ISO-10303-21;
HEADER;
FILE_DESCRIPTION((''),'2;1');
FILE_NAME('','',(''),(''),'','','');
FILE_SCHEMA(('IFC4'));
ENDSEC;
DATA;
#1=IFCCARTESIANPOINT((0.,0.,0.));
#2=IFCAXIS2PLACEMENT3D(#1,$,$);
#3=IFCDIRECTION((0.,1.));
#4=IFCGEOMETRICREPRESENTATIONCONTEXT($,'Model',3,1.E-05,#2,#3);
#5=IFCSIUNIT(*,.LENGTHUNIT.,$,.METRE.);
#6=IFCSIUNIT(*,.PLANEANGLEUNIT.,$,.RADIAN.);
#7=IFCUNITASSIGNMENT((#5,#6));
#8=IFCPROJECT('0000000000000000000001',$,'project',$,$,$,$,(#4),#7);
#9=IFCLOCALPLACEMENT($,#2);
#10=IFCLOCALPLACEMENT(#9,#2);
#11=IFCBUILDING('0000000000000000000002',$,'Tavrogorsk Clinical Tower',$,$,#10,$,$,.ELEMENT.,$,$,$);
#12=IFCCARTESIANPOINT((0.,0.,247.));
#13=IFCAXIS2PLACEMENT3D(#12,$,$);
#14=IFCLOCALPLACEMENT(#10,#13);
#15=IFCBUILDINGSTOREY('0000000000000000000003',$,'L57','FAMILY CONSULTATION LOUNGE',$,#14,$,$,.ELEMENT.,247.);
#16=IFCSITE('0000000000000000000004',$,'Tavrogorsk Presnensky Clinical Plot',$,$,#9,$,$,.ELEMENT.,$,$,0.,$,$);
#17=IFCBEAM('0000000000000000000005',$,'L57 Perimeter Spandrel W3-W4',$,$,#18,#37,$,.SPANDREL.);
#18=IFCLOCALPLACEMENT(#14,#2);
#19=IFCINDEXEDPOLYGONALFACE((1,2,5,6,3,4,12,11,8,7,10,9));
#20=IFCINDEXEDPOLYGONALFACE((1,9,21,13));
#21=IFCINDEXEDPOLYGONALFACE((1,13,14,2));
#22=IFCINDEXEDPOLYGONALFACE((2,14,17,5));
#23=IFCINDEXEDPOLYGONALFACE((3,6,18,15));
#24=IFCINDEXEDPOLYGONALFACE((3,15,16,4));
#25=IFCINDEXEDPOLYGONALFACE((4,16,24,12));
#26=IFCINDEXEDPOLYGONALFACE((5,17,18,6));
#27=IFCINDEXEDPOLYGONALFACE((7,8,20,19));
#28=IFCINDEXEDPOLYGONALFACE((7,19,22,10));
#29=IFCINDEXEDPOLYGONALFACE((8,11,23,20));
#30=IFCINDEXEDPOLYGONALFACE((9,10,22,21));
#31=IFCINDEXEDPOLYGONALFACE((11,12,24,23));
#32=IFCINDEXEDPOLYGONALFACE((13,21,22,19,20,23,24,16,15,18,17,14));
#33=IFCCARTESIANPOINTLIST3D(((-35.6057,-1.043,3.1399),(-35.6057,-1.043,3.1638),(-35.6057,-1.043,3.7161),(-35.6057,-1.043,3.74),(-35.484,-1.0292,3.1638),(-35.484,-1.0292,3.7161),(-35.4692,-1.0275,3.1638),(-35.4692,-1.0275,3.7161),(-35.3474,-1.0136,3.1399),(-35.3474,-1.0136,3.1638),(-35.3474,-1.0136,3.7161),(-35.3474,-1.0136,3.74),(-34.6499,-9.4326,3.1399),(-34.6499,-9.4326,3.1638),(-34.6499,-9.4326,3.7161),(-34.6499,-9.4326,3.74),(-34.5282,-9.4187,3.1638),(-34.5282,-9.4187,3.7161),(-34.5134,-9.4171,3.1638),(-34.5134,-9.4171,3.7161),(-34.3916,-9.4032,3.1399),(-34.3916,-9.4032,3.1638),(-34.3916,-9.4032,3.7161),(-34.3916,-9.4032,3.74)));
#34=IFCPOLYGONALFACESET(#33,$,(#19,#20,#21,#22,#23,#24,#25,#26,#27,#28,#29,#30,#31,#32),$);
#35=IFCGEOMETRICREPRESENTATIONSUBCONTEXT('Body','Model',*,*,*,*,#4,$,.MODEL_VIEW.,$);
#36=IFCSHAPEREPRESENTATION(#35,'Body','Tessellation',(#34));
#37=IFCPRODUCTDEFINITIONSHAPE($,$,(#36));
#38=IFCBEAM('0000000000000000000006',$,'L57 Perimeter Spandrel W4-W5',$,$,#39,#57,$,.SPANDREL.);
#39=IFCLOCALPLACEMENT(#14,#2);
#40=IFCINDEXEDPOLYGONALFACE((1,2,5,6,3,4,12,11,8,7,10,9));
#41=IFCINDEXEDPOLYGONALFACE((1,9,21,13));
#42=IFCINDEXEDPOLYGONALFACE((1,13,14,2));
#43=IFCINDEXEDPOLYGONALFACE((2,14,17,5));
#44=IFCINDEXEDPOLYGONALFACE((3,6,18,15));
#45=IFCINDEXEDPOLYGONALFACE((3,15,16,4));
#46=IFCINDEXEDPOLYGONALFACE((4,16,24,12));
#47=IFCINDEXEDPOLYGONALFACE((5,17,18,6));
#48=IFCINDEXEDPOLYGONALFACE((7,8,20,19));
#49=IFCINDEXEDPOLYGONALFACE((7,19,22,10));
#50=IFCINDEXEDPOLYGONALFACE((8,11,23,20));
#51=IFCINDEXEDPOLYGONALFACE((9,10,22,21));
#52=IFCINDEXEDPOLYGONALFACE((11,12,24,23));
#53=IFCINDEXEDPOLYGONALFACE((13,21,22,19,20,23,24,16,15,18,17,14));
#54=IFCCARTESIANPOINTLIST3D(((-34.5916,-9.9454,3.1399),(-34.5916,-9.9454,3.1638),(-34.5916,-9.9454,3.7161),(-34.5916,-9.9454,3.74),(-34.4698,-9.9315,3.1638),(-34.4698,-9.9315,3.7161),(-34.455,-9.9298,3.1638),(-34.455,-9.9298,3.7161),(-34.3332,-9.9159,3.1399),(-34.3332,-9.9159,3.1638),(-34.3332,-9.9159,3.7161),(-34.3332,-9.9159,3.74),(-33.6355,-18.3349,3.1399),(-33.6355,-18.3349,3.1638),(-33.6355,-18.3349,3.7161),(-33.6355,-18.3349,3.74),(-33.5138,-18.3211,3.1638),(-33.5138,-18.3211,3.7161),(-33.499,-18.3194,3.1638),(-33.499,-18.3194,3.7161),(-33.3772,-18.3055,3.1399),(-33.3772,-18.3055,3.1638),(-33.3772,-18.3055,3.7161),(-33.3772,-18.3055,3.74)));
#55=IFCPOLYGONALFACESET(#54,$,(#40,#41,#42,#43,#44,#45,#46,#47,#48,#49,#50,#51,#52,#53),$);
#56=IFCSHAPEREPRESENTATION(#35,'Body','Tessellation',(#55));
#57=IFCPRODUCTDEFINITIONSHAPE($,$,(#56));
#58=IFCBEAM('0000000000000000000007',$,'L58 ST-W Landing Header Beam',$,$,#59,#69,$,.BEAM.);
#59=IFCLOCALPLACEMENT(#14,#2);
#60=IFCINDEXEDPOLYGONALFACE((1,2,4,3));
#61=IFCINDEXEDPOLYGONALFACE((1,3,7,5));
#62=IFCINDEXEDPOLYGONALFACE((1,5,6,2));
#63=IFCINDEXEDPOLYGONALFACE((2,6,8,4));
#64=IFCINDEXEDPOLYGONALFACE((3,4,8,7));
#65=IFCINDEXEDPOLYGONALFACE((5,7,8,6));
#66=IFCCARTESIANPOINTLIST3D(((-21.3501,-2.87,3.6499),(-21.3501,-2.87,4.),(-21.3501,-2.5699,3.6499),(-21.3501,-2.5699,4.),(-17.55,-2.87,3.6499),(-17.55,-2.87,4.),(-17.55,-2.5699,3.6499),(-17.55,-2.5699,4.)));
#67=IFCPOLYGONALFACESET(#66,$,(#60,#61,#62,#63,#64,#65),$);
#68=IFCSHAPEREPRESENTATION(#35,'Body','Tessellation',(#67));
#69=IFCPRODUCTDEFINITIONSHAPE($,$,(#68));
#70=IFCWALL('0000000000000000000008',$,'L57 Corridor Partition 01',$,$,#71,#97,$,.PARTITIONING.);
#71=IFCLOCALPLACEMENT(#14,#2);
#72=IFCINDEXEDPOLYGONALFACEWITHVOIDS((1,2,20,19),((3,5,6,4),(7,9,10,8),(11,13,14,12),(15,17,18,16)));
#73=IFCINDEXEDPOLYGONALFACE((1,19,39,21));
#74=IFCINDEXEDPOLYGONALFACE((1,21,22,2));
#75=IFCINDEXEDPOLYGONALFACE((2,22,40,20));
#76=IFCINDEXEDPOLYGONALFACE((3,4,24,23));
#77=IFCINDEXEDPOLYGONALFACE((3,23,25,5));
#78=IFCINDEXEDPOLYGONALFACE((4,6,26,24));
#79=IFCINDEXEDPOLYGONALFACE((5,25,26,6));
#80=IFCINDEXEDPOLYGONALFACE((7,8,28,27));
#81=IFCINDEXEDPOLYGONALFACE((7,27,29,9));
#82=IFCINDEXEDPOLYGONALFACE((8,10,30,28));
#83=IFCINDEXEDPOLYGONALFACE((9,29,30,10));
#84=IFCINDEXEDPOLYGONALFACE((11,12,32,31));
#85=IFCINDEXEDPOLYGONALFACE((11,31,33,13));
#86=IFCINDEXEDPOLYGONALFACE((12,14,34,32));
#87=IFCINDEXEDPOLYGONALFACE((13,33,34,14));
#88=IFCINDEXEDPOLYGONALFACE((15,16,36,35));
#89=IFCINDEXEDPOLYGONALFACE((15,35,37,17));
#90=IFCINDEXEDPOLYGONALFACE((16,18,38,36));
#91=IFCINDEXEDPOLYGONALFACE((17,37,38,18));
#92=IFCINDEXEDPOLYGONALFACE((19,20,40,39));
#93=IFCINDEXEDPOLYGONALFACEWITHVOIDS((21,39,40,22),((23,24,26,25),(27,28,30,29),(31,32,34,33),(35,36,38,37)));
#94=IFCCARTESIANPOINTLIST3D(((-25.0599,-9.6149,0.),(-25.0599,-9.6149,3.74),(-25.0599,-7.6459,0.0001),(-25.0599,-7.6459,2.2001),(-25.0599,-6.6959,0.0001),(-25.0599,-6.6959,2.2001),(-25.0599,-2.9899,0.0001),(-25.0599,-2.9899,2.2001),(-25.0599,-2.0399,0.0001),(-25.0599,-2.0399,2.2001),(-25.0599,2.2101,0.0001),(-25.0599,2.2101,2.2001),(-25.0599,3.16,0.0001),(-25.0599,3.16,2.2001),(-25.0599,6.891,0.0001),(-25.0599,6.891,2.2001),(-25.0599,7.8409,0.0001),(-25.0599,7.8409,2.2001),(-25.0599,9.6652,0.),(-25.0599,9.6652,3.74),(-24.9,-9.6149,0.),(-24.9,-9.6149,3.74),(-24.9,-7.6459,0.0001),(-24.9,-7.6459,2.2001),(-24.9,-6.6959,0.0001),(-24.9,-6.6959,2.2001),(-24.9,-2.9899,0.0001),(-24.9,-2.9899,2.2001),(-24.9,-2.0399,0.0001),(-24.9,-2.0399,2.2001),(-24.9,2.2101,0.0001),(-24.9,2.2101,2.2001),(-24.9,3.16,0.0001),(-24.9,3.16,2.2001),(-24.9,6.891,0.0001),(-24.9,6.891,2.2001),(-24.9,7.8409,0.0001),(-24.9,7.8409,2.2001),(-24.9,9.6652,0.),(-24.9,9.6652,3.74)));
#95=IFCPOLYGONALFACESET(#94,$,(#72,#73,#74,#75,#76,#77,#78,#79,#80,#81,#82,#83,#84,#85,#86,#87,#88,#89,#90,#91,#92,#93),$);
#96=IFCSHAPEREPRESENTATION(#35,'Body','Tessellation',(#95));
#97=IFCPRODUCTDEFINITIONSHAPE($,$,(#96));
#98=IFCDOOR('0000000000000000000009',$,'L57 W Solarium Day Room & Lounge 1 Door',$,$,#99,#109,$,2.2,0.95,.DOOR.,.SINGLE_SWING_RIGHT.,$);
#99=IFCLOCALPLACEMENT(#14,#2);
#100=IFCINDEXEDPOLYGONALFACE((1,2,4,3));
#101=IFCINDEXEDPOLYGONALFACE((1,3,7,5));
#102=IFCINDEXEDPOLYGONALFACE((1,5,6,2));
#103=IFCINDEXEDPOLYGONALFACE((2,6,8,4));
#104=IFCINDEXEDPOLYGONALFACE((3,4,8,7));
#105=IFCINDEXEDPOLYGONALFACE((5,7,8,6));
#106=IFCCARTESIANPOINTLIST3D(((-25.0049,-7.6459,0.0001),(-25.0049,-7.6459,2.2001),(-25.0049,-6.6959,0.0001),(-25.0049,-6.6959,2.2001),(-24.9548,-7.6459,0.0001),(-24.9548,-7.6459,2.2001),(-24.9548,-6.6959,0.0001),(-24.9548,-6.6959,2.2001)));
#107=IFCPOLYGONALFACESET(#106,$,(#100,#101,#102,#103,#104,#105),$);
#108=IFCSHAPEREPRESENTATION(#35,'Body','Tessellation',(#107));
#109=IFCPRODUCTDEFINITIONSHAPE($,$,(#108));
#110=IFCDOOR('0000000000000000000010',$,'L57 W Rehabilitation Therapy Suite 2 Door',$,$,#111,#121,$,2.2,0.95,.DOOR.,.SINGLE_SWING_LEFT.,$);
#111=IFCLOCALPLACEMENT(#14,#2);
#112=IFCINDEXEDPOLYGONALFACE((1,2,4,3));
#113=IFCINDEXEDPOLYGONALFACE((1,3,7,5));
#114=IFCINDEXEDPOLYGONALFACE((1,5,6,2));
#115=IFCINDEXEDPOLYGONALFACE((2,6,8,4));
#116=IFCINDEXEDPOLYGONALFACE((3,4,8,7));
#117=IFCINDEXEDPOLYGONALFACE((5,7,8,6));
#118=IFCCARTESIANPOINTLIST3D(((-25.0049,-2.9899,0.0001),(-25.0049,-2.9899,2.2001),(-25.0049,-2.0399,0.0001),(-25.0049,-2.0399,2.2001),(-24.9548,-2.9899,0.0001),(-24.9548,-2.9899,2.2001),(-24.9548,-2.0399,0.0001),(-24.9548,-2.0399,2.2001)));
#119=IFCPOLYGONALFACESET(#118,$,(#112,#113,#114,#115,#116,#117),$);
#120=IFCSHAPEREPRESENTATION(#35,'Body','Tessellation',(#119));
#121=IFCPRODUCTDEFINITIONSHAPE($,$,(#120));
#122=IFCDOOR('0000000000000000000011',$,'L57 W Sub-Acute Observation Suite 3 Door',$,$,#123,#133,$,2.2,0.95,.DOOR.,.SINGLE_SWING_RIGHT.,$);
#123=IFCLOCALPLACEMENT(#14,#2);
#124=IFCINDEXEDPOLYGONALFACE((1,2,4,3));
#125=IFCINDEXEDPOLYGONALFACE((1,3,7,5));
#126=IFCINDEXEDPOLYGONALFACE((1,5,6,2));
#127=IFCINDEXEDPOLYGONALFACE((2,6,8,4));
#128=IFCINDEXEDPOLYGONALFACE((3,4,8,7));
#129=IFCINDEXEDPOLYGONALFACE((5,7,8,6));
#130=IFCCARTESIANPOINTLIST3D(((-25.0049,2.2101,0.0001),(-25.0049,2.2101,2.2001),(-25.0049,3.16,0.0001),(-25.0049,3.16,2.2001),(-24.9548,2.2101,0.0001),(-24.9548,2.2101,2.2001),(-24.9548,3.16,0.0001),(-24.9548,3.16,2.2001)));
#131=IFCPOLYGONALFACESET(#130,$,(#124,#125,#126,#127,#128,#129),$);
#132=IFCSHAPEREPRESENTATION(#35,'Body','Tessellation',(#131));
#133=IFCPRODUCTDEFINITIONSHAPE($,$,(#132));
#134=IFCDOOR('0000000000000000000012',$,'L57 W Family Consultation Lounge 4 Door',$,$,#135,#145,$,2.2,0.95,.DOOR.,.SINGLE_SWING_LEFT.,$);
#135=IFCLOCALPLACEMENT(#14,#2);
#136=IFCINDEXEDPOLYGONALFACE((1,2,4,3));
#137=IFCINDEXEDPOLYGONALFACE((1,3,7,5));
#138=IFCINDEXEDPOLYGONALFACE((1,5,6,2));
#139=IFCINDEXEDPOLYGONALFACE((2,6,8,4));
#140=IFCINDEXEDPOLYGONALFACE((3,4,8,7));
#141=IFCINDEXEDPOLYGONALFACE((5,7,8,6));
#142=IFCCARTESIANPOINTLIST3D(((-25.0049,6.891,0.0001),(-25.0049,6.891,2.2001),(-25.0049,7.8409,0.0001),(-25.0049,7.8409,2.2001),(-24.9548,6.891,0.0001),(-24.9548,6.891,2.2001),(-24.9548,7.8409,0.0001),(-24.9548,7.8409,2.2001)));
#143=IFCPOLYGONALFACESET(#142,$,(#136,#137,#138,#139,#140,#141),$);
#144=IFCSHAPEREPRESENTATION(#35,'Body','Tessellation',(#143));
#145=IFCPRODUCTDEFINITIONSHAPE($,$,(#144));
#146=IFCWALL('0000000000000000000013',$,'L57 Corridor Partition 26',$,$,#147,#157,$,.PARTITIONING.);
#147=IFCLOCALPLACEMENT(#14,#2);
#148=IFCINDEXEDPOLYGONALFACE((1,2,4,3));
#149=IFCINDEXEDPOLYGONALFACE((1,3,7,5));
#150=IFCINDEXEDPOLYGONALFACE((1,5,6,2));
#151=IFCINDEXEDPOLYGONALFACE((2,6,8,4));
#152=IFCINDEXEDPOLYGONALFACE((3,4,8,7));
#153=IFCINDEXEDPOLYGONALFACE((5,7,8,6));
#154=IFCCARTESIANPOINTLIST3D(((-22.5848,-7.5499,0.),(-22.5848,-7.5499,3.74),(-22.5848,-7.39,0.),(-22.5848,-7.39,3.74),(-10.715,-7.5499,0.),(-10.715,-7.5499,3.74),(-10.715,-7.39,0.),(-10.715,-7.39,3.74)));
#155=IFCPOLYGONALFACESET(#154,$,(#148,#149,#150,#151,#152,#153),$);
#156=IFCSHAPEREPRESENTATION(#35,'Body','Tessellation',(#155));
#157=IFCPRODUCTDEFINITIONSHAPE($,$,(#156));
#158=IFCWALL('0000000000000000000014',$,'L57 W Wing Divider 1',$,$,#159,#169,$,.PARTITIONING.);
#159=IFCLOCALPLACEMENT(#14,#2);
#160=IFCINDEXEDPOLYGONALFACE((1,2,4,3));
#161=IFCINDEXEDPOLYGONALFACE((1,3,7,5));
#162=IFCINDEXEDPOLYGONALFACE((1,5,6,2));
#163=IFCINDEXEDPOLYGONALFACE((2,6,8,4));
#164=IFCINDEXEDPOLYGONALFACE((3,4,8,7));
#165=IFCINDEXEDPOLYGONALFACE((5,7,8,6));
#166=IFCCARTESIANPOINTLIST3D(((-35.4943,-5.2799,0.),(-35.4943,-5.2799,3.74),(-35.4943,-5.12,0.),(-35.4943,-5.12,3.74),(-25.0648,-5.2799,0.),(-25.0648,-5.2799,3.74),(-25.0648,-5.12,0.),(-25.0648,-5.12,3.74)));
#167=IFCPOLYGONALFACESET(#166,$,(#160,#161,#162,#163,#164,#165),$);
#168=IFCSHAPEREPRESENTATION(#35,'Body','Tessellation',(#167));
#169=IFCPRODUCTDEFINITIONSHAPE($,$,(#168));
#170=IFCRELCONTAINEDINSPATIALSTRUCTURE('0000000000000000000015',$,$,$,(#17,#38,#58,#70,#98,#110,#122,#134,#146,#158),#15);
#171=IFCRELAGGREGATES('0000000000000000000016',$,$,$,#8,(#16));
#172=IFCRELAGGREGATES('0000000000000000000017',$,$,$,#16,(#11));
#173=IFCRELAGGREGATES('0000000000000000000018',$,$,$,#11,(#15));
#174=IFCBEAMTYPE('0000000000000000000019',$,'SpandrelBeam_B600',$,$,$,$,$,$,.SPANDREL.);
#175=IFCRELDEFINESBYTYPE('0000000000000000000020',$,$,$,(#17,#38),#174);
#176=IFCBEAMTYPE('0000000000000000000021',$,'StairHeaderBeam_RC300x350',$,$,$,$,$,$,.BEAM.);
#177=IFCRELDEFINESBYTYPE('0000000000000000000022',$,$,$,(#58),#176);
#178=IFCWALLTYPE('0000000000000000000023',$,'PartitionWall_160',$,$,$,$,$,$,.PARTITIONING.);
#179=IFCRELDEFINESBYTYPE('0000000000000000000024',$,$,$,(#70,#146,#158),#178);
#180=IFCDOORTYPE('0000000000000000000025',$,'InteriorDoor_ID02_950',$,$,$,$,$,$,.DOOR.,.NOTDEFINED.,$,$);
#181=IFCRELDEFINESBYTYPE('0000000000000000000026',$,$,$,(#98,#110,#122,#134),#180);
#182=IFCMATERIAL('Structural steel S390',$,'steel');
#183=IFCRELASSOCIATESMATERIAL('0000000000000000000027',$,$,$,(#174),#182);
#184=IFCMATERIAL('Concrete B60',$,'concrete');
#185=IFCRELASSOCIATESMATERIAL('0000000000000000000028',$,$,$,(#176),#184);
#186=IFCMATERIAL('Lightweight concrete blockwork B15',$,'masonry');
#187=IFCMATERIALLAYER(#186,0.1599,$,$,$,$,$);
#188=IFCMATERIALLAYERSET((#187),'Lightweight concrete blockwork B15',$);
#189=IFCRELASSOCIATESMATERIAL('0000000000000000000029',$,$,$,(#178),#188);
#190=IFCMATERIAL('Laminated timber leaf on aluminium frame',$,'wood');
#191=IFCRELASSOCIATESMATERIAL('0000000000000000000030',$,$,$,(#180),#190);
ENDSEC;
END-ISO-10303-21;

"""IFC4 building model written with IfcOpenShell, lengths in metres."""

from ifc_helpers import new_model, si_unit, direction, frame, frame_2d, origin, origin_2d, place, context, subcontext, project, spatial, rectangle, i_section, extrude, material, layer, layer_set, material_profile, profile_set, type_object, element, fill, save


model = new_model("IFC4")

# Units and contexts
model_context = context("Model", 3, precision=1e-05, world=origin(), true_north=direction((0.0, 1.0)))
body_context = subcontext(model_context, "Body", "Model", "MODEL_VIEW")
ifc_project = project(units=[si_unit("LENGTHUNIT", "METRE"), si_unit("PLANEANGLEUNIT", "RADIAN")], contexts=[model_context])

# Site, building, storey
site_placement = place(None, origin())
site = spatial("IfcSite", under=ifc_project, at=site_placement, Name="Tavrogorsk Presnensky Clinical Plot", CompositionType="ELEMENT", RefElevation=0.0)
building_placement = place(site_placement, origin())
building = spatial("IfcBuilding", under=site, at=building_placement, Name="Tavrogorsk Clinical Tower", CompositionType="ELEMENT")
storey_placement = place(building_placement, frame((0.0, 0.0, 247.0)))
storey = spatial("IfcBuildingStorey", under=building, at=storey_placement, Name="L57", Description="FAMILY CONSULTATION LOUNGE", CompositionType="ELEMENT", Elevation=247.0)

# Beams
ifc_material_1 = material(Name="Structural steel S390", Category="steel")
ifc_material_profile_1 = material_profile(ifc_material_1, i_section(OverallWidth=0.26, OverallDepth=0.6001, WebThickness=0.0149, FlangeThickness=0.0239, at=origin_2d()), Name="B-600x260x15x24")
ifc_profile_set_1 = profile_set([ifc_material_profile_1], Name="Structural steel S390")
beam_type_1 = type_object("IfcBeamType", Name="SpandrelBeam_B600", PredefinedType="SPANDREL", material=ifc_profile_set_1)
for number, where, z_axis, x_axis, name in (
    (1, (-35.4766, -1.0283, 3.4399), (0.113195, -0.993573, 0.0), (0.993573, 0.113195, 0.0), "L57 Perimeter Spandrel W3-W4"),
    (2, (-34.4624, -9.9307, 3.4399), (0.113224, -0.99357, 0.0), (0.99357, 0.113224, 0.0), "L57 Perimeter Spandrel W4-W5"),
):
    element("IfcBeam", number, at=place(storey_placement, frame(where, z_axis=z_axis, x_axis=x_axis)), inside=storey, type_object=beam_type_1, Name=name, PredefinedType="SPANDREL", context=body_context, shape_type="SweptSolid", body=[
        extrude(i_section(OverallWidth=0.26, OverallDepth=0.6001, WebThickness=0.0149, FlangeThickness=0.0239, at=origin_2d()), origin(), (0.0, 0.0, 1.0), 8.4438),
    ])
ifc_material_2 = material(Name="Concrete B60", Category="concrete")
ifc_material_profile_2 = material_profile(ifc_material_2, rectangle(XDim=0.3, YDim=0.3501, at=origin_2d()), Name="RC-SHB-300x350")
ifc_profile_set_2 = profile_set([ifc_material_profile_2], Name="Concrete B60")
beam_type_2 = type_object("IfcBeamType", Name="StairHeaderBeam_RC300x350", PredefinedType="BEAM", material=ifc_profile_set_2)
beam_1_placement = place(storey_placement, frame((-21.3501, -2.72, 3.825), z_axis=(1.0, 0.0, 0.0), x_axis=(0.0, 1.0, 0.0)))
element("IfcBeam", 3, at=beam_1_placement, inside=storey, type_object=beam_type_2, Name="L58 ST-W Landing Header Beam", PredefinedType="BEAM", context=body_context, shape_type="SweptSolid", body=[
    extrude(rectangle(XDim=0.3, YDim=0.3501, at=origin_2d()), origin(), (0.0, 0.0, 1.0), 3.8),
])

# Wall, openings, doors
ifc_material_3 = material(Name="Lightweight concrete blockwork B15", Category="masonry")
ifc_layer_1 = layer(ifc_material_3, 0.1599)
ifc_layer_set_1 = layer_set([ifc_layer_1], Name="Lightweight concrete blockwork B15")
wall_type_1 = type_object("IfcWallType", Name="PartitionWall_160", PredefinedType="PARTITIONING", material=ifc_layer_set_1)
wall_1_placement = place(storey_placement, frame((-24.98, -9.615, 0.0), z_axis=(0.0, 0.0, 1.0), x_axis=(0.0, 1.0, 0.0)))
wall_1 = element("IfcWall", 4, at=wall_1_placement, inside=storey, type_object=wall_type_1, Name="L57 Corridor Partition 01", PredefinedType="PARTITIONING", context=body_context, shape_type="SweptSolid", body=[
    extrude(rectangle(XDim=19.28, YDim=0.1599, at=frame_2d((9.6401, 0.0))), origin(), (0.0, 0.0, 1.0), 3.74),
])
opening_1_placement = place(wall_1_placement, frame((1.969, 0.0, 0.0)))
opening_1 = element("IfcOpeningElement", 5, at=opening_1_placement, cuts=wall_1, PredefinedType="OPENING", context=body_context, shape_type="SweptSolid", body=[
    extrude(rectangle(XDim=0.95, YDim=2.2, at=frame_2d((0.4751, 1.1001))), frame((0.0, 0.0898, 0.0), z_axis=(0.0, -1.0, 0.0), x_axis=(1.0, 0.0, 0.0)), (0.0, 0.0, 1.0), 0.1799),
])
opening_2_placement = place(wall_1_placement, frame((6.625, 0.0, 0.0)))
opening_2 = element("IfcOpeningElement", 6, at=opening_2_placement, cuts=wall_1, PredefinedType="OPENING", context=body_context, shape_type="SweptSolid", body=[
    extrude(rectangle(XDim=0.95, YDim=2.2, at=frame_2d((0.4751, 1.1001))), frame((0.0, 0.0898, 0.0), z_axis=(0.0, -1.0, 0.0), x_axis=(1.0, 0.0, 0.0)), (0.0, 0.0, 1.0), 0.1799),
])
opening_3_placement = place(wall_1_placement, frame((11.825, 0.0, 0.0)))
opening_3 = element("IfcOpeningElement", 7, at=opening_3_placement, cuts=wall_1, PredefinedType="OPENING", context=body_context, shape_type="SweptSolid", body=[
    extrude(rectangle(XDim=0.95, YDim=2.2, at=frame_2d((0.4751, 1.1001))), frame((0.0, 0.0898, 0.0), z_axis=(0.0, -1.0, 0.0), x_axis=(1.0, 0.0, 0.0)), (0.0, 0.0, 1.0), 0.1799),
])
opening_4_placement = place(wall_1_placement, frame((16.5059, 0.0, 0.0)))
opening_4 = element("IfcOpeningElement", 8, at=opening_4_placement, cuts=wall_1, PredefinedType="OPENING", context=body_context, shape_type="SweptSolid", body=[
    extrude(rectangle(XDim=0.95, YDim=2.2, at=frame_2d((0.4751, 1.1001))), frame((0.0, 0.0898, 0.0), z_axis=(0.0, -1.0, 0.0), x_axis=(1.0, 0.0, 0.0)), (0.0, 0.0, 1.0), 0.1799),
])
ifc_material_4 = material(Name="Laminated timber leaf on aluminium frame", Category="wood")
door_type = type_object("IfcDoorType", Name="InteriorDoor_ID02_950", OperationType="NOTDEFINED", PredefinedType="DOOR", material=ifc_material_4)
door_1_placement = place(opening_1_placement, origin())
door_1 = element("IfcDoor", 9, at=door_1_placement, inside=storey, type_object=door_type, Name="L57 W Solarium Day Room & Lounge 1 Door", OperationType="SINGLE_SWING_RIGHT", OverallHeight=2.2, OverallWidth=0.95, PredefinedType="DOOR", context=body_context, shape_type="SweptSolid", body=[
    extrude(rectangle(XDim=0.95, YDim=2.2, at=frame_2d((0.4751, 1.1001))), frame((0.0, 0.0249, 0.0), z_axis=(0.0, -1.0, 0.0), x_axis=(1.0, 0.0, 0.0)), (0.0, 0.0, 1.0), 0.05),
])
fill(opening_1, door_1)
door_2_placement = place(opening_2_placement, origin())
door_2 = element("IfcDoor", 10, at=door_2_placement, inside=storey, type_object=door_type, Name="L57 W Rehabilitation Therapy Suite 2 Door", OperationType="SINGLE_SWING_LEFT", OverallHeight=2.2, OverallWidth=0.95, PredefinedType="DOOR", context=body_context, shape_type="SweptSolid", body=[
    extrude(rectangle(XDim=0.95, YDim=2.2, at=frame_2d((0.4751, 1.1001))), frame((0.0, 0.0249, 0.0), z_axis=(0.0, -1.0, 0.0), x_axis=(1.0, 0.0, 0.0)), (0.0, 0.0, 1.0), 0.05),
])
fill(opening_2, door_2)
door_3_placement = place(opening_3_placement, origin())
door_3 = element("IfcDoor", 11, at=door_3_placement, inside=storey, type_object=door_type, Name="L57 W Sub-Acute Observation Suite 3 Door", OperationType="SINGLE_SWING_RIGHT", OverallHeight=2.2, OverallWidth=0.95, PredefinedType="DOOR", context=body_context, shape_type="SweptSolid", body=[
    extrude(rectangle(XDim=0.95, YDim=2.2, at=frame_2d((0.4751, 1.1001))), frame((0.0, 0.0249, 0.0), z_axis=(0.0, -1.0, 0.0), x_axis=(1.0, 0.0, 0.0)), (0.0, 0.0, 1.0), 0.05),
])
fill(opening_3, door_3)
door_4_placement = place(opening_4_placement, origin())
door_4 = element("IfcDoor", 12, at=door_4_placement, inside=storey, type_object=door_type, Name="L57 W Family Consultation Lounge 4 Door", OperationType="SINGLE_SWING_LEFT", OverallHeight=2.2, OverallWidth=0.95, PredefinedType="DOOR", context=body_context, shape_type="SweptSolid", body=[
    extrude(rectangle(XDim=0.95, YDim=2.2, at=frame_2d((0.4751, 1.1001))), frame((0.0, 0.0249, 0.0), z_axis=(0.0, -1.0, 0.0), x_axis=(1.0, 0.0, 0.0)), (0.0, 0.0, 1.0), 0.05),
])
fill(opening_4, door_4)

# Walls
wall_2_placement = place(storey_placement, frame((-22.585, -7.47, 0.0), z_axis=(0.0, 0.0, 1.0), x_axis=(1.0, 0.0, 0.0)))
element("IfcWall", 13, at=wall_2_placement, inside=storey, type_object=wall_type_1, Name="L57 Corridor Partition 26", PredefinedType="PARTITIONING", context=body_context, shape_type="SweptSolid", body=[
    extrude(rectangle(XDim=11.8699, YDim=0.1599, at=frame_2d((5.9351, 0.0))), origin(), (0.0, 0.0, 1.0), 3.74),
])
wall_3_placement = place(storey_placement, frame((-35.4944, -5.2, 0.0), z_axis=(0.0, 0.0, 1.0), x_axis=(1.0, 0.0, 0.0)))
element("IfcWall", 14, at=wall_3_placement, inside=storey, type_object=wall_type_1, Name="L57 W Wing Divider 1", PredefinedType="PARTITIONING", context=body_context, shape_type="SweptSolid", body=[
    extrude(rectangle(XDim=10.4294, YDim=0.1599, at=frame_2d((5.2148, 0.0))), origin(), (0.0, 0.0, 1.0), 3.74),
])

save(model, "model.ifc")
